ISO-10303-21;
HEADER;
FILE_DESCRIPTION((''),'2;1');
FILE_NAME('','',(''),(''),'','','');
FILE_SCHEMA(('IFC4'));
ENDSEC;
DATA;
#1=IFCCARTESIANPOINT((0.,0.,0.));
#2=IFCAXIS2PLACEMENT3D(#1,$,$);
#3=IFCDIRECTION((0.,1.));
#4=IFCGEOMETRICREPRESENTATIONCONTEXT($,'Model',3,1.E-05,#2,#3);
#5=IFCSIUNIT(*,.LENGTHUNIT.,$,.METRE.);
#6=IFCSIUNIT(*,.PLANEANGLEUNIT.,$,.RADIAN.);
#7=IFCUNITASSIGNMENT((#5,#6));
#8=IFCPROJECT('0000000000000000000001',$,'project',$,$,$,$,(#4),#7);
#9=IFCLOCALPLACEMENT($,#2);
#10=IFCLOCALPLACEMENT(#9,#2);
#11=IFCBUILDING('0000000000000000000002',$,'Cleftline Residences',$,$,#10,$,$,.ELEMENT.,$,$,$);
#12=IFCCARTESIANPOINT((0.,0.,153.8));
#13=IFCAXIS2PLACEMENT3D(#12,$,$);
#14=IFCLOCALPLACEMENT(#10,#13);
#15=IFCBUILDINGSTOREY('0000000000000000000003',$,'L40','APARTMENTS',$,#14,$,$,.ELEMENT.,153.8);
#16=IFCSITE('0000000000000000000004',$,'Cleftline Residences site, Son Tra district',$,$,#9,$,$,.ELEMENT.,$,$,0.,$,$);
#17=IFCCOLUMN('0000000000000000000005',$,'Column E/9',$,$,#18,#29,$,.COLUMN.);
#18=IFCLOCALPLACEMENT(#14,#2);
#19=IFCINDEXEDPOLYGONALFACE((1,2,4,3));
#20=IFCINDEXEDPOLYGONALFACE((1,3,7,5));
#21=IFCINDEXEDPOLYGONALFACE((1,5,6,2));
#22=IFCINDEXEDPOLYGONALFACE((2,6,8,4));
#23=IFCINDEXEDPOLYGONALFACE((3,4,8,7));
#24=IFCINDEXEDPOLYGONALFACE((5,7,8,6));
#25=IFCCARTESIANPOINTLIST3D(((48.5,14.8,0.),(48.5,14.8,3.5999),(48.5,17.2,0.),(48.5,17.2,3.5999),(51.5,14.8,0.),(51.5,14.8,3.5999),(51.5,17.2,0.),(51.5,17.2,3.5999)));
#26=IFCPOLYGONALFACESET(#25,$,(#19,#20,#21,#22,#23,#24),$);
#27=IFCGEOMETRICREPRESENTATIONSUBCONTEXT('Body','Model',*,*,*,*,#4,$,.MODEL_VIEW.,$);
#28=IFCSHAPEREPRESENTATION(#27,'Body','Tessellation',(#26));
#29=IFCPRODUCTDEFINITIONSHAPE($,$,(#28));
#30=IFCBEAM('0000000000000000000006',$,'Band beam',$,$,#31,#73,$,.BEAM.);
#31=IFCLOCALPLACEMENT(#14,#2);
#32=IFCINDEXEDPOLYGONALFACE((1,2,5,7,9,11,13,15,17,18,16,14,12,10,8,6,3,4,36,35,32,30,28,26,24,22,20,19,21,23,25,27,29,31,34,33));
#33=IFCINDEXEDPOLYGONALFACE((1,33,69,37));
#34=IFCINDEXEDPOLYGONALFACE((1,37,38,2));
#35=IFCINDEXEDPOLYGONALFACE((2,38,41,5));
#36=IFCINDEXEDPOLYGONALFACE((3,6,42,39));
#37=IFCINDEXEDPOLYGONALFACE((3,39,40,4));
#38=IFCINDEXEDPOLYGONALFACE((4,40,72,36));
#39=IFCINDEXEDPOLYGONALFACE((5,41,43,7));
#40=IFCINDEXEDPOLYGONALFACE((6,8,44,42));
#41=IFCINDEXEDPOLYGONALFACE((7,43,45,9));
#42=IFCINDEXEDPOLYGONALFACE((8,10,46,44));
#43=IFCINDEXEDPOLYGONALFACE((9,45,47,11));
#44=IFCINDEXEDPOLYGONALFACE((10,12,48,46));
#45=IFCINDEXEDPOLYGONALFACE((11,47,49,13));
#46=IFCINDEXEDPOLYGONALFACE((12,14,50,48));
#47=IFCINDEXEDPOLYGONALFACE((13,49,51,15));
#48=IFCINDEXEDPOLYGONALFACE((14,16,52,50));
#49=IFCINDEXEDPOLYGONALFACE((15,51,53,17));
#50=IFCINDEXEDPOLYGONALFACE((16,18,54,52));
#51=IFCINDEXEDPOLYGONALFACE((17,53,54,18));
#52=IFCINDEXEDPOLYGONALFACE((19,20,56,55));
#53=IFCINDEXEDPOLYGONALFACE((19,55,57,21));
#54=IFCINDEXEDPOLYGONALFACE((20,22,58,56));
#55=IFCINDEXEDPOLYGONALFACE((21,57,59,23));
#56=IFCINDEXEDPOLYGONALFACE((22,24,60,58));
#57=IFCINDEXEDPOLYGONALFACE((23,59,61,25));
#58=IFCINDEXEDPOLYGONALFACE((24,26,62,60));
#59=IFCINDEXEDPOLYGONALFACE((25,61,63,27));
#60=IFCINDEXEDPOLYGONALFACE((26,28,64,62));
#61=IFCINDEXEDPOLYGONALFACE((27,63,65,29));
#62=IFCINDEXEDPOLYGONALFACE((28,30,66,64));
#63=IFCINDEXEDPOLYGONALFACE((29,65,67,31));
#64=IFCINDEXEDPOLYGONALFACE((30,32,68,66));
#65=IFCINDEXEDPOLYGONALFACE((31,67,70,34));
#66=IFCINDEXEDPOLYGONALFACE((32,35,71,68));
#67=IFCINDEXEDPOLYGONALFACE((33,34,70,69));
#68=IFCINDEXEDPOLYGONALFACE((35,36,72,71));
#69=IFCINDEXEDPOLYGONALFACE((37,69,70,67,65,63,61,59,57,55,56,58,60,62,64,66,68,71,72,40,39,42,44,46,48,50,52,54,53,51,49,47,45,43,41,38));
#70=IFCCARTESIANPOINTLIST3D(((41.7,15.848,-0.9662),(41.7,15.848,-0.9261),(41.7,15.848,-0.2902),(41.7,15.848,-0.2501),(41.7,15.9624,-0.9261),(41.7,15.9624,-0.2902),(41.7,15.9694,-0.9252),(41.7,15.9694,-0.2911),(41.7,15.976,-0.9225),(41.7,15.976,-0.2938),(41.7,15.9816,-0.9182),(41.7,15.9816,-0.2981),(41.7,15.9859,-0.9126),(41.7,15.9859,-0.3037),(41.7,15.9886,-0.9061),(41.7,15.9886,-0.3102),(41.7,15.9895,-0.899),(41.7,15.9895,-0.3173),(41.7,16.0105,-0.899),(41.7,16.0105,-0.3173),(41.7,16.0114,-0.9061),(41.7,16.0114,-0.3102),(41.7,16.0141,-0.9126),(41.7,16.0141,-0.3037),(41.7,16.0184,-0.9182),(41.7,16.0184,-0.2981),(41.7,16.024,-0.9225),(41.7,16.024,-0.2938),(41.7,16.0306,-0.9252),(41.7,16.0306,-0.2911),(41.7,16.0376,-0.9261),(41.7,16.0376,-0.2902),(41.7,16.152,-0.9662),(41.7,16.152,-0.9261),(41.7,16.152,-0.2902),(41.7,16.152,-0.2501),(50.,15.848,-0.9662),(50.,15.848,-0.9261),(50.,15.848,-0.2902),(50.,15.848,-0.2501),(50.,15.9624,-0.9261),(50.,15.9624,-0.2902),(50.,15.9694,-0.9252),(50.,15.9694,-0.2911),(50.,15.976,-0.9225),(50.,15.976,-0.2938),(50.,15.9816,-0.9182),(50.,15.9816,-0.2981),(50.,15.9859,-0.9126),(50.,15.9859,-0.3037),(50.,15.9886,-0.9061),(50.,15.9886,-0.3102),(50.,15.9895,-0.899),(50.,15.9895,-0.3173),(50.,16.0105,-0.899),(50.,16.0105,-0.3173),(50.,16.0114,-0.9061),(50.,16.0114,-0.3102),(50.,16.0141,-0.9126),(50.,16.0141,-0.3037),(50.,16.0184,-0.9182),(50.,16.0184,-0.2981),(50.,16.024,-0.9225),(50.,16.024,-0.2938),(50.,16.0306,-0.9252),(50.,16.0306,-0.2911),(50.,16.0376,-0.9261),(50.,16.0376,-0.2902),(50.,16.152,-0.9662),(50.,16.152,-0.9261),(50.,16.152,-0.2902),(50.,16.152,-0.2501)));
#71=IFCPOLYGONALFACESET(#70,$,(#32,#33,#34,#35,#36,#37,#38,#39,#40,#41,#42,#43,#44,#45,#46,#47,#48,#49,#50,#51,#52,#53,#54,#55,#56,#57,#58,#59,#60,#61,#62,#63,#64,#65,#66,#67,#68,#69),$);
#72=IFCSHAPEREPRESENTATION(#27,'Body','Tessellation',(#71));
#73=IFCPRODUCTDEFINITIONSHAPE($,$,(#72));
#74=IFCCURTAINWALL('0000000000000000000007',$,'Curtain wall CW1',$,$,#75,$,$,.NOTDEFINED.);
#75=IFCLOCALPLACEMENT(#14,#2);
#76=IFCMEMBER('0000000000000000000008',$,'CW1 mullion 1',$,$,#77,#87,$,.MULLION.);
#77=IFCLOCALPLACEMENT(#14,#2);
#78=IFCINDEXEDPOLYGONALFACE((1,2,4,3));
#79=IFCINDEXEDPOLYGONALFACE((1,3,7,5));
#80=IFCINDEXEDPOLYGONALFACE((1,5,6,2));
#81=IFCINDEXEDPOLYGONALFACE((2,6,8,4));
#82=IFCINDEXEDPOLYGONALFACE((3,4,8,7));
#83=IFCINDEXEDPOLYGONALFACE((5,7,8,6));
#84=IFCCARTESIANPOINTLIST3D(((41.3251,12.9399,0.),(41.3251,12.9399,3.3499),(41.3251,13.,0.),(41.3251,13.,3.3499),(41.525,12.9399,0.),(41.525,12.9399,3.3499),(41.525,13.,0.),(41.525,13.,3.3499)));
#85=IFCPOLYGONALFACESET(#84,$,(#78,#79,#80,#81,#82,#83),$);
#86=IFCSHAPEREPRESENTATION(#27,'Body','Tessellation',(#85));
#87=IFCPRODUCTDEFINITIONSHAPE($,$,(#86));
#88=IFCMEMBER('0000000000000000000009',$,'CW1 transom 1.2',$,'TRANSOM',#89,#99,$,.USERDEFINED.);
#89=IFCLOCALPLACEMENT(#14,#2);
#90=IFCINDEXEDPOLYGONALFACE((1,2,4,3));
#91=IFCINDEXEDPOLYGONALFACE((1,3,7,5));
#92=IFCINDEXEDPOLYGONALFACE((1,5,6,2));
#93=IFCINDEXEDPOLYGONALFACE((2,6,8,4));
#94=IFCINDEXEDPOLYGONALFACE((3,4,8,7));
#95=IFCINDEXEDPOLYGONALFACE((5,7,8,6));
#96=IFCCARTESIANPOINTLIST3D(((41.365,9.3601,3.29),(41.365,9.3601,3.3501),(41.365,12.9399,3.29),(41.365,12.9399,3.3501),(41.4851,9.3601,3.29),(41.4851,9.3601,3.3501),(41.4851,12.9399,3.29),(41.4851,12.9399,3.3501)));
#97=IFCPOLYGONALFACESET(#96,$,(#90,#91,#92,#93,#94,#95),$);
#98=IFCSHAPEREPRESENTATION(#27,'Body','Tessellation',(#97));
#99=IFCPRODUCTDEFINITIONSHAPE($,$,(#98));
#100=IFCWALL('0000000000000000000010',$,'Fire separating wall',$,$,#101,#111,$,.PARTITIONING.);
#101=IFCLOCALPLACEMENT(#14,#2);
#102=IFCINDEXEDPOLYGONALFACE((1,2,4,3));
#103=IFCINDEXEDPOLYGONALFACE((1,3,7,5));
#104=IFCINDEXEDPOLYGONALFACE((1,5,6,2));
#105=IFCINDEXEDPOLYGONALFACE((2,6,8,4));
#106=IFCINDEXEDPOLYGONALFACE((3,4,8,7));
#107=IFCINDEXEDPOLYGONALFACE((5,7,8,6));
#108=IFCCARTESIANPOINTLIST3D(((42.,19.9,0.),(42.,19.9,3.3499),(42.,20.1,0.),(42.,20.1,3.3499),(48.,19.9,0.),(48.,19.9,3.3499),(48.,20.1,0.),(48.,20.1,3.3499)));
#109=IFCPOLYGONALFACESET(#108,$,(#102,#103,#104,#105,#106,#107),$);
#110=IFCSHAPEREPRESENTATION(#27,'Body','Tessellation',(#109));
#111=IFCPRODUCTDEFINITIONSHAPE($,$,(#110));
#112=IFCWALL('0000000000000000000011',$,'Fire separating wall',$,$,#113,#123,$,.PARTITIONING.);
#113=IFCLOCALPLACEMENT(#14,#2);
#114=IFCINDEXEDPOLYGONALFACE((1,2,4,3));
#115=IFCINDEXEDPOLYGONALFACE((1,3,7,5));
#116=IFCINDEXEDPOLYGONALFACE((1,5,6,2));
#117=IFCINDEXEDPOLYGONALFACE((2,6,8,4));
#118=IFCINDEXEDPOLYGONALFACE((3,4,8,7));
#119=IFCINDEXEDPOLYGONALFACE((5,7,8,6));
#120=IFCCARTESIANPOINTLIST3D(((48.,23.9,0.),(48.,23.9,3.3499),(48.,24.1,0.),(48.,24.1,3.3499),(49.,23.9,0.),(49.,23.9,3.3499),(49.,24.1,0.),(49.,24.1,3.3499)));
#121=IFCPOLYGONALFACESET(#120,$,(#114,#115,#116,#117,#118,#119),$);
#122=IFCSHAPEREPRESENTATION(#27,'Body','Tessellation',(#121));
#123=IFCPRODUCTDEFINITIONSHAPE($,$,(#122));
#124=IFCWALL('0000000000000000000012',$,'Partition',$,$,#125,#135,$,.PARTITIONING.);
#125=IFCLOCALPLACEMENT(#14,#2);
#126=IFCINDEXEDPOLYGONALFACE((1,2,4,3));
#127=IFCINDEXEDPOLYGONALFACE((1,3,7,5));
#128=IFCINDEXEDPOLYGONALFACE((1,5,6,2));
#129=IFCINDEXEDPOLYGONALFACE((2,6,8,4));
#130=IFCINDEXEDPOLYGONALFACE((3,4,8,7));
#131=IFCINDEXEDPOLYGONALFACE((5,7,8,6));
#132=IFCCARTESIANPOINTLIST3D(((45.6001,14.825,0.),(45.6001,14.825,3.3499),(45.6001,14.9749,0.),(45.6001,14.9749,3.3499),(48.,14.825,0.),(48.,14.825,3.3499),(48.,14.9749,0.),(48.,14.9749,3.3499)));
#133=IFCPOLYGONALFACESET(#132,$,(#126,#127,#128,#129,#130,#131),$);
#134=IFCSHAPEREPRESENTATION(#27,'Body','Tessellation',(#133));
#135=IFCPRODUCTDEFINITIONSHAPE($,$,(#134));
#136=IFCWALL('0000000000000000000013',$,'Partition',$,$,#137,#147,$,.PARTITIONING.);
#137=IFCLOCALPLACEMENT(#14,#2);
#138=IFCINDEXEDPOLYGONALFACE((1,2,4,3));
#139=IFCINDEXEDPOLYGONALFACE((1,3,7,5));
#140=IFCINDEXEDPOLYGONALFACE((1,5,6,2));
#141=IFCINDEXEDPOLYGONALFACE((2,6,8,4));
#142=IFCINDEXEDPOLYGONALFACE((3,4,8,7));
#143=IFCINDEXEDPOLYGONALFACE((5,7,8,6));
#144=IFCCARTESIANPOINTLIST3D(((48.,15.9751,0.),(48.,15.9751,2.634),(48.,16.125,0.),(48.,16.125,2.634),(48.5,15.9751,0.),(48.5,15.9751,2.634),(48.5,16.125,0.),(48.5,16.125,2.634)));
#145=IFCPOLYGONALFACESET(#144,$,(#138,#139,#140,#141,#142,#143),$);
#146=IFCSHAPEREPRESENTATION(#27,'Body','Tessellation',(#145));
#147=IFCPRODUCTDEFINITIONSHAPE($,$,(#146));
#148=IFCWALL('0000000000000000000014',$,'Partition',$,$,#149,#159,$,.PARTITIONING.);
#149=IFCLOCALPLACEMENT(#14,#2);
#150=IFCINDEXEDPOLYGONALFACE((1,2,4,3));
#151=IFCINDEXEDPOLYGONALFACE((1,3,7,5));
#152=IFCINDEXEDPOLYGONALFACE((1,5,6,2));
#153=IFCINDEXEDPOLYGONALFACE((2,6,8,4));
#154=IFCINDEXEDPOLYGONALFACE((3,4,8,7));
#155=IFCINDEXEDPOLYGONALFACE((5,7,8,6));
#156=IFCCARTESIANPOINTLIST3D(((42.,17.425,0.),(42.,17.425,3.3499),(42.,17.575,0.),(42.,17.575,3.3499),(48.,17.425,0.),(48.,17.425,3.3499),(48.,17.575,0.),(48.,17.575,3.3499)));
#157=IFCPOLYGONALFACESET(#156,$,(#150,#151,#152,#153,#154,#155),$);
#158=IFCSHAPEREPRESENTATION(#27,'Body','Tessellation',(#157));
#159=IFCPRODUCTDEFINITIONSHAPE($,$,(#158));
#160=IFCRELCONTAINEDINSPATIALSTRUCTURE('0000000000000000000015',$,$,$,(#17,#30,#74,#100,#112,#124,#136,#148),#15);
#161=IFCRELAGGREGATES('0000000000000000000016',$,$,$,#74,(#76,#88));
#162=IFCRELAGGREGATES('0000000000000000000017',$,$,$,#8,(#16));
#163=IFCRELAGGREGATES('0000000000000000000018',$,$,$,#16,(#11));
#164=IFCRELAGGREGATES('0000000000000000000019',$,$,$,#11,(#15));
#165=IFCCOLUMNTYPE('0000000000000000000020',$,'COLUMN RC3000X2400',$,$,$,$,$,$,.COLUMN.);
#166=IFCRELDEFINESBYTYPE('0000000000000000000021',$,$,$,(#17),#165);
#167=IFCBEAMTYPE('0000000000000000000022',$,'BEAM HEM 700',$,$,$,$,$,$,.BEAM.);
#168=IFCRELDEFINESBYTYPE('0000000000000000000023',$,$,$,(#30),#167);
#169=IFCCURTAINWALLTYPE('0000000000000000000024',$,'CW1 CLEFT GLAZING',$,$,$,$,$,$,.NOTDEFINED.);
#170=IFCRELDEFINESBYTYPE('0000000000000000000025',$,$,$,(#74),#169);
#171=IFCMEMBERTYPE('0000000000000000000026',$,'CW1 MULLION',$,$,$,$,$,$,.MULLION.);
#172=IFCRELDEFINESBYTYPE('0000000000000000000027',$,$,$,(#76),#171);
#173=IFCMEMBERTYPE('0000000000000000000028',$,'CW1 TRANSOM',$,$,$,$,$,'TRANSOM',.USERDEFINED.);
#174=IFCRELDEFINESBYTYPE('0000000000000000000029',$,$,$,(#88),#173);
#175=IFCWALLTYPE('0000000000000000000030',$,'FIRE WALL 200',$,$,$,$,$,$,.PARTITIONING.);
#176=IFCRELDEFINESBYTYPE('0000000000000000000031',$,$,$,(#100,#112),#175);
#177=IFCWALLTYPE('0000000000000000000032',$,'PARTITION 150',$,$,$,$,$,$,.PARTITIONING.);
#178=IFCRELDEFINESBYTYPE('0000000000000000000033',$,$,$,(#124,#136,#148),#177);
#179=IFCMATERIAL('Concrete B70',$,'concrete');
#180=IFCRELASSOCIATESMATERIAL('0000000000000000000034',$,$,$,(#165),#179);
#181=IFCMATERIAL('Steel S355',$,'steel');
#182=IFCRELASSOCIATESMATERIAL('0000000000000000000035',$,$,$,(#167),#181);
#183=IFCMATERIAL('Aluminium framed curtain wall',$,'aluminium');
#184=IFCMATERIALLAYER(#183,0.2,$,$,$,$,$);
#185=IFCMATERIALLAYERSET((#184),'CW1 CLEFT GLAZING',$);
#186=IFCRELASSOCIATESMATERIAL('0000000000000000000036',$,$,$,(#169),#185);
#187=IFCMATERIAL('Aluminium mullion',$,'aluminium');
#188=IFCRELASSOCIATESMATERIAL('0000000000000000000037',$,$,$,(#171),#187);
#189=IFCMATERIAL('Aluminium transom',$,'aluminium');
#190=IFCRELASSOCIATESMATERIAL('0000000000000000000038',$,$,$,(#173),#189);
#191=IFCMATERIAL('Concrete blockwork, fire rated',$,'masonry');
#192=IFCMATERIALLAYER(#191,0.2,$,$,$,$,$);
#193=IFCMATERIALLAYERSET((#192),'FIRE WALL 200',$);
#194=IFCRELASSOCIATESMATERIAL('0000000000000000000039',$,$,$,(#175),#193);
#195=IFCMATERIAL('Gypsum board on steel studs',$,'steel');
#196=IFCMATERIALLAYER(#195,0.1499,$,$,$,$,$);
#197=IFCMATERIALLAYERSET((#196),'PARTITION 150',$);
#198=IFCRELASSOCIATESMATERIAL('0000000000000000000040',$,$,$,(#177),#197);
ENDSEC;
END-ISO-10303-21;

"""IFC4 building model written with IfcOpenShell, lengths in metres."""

from ifc_helpers import new_model, si_unit, direction, frame, frame_2d, origin, origin_2d, place, context, subcontext, project, spatial, rectangle, i_section, extrude, material, layer, layer_set, material_profile, profile_set, type_object, element, aggregate, save


model = new_model("IFC4")

# Units and contexts
model_context = context("Model", 3, precision=1e-05, world=origin(), true_north=direction((0.0, 1.0)))
body_context = subcontext(model_context, "Body", "Model", "MODEL_VIEW")
ifc_project = project(units=[si_unit("LENGTHUNIT", "METRE"), si_unit("PLANEANGLEUNIT", "RADIAN")], contexts=[model_context])

# Site, building, storey
site_placement = place(None, origin())
site = spatial("IfcSite", under=ifc_project, at=site_placement, Name="Cleftline Residences site, Son Tra district", CompositionType="ELEMENT", RefElevation=0.0)
building_placement = place(site_placement, origin())
building = spatial("IfcBuilding", under=site, at=building_placement, Name="Cleftline Residences", CompositionType="ELEMENT")
storey_placement = place(building_placement, frame((0.0, 0.0, 153.8)))
storey = spatial("IfcBuildingStorey", under=building, at=storey_placement, Name="L40", Description="APARTMENTS", CompositionType="ELEMENT", Elevation=153.8)

# Column
ifc_material_1 = material(Name="Concrete B70", Category="concrete")
ifc_material_profile_1 = material_profile(ifc_material_1, rectangle(XDim=3.0, YDim=2.3999, at=origin_2d()))
ifc_profile_set_1 = profile_set([ifc_material_profile_1], Name="Concrete B70")
column_type = type_object("IfcColumnType", Name="COLUMN RC3000X2400", PredefinedType="COLUMN", material=ifc_profile_set_1)
column_placement = place(storey_placement, frame((50.0, 16.0, 0.0), z_axis=(0.0, 0.0, 1.0), x_axis=(1.0, 0.0, 0.0)))
element("IfcColumn", 1, at=column_placement, inside=storey, type_object=column_type, Name="Column E/9", PredefinedType="COLUMN", context=body_context, shape_type="SweptSolid", body=[
    extrude(rectangle(XDim=3.0, YDim=2.3999, at=origin_2d()), origin(), (0.0, 0.0, 1.0), 3.5999),
])

# Beam
ifc_material_2 = material(Name="Steel S355", Category="steel")
ifc_material_profile_2 = material_profile(ifc_material_2, i_section(OverallWidth=0.304, OverallDepth=0.7161, WebThickness=0.021, FlangeThickness=0.04, FilletRadius=0.0271, at=origin_2d()))
ifc_profile_set_2 = profile_set([ifc_material_profile_2], Name="Steel S355")
beam_type = type_object("IfcBeamType", Name="BEAM HEM 700", PredefinedType="BEAM", material=ifc_profile_set_2)
beam_placement = place(storey_placement, frame((50.0, 16.0, -0.6082), z_axis=(-1.0, 0.0, 0.0), x_axis=(0.0, -1.0, 0.0)))
element("IfcBeam", 2, at=beam_placement, inside=storey, type_object=beam_type, Name="Band beam", PredefinedType="BEAM", context=body_context, shape_type="SweptSolid", body=[
    extrude(i_section(OverallWidth=0.304, OverallDepth=0.7161, WebThickness=0.021, FlangeThickness=0.04, FilletRadius=0.0271, at=origin_2d()), origin(), (0.0, 0.0, 1.0), 8.3),
])

# Curtain wall, members
ifc_material_3 = material(Name="Aluminium framed curtain wall", Category="aluminium")
ifc_layer_1 = layer(ifc_material_3, 0.2)
ifc_layer_set_1 = layer_set([ifc_layer_1], Name="CW1 CLEFT GLAZING")
curtain_wall_type = type_object("IfcCurtainWallType", Name="CW1 CLEFT GLAZING", PredefinedType="NOTDEFINED", material=ifc_layer_set_1)
curtain_wall_placement = place(storey_placement, origin())
curtain_wall = element("IfcCurtainWall", 3, at=curtain_wall_placement, inside=storey, type_object=curtain_wall_type, Name="Curtain wall CW1", PredefinedType="NOTDEFINED")
ifc_material_4 = material(Name="Aluminium mullion", Category="aluminium")
ifc_material_profile_3 = material_profile(ifc_material_4, rectangle(XDim=0.2, YDim=0.0601, at=origin_2d()))
ifc_profile_set_3 = profile_set([ifc_material_profile_3], Name="Aluminium mullion")
member_type_1 = type_object("IfcMemberType", Name="CW1 MULLION", PredefinedType="MULLION", material=ifc_profile_set_3)
member_1_placement = place(storey_placement, frame((41.425, 12.97, 0.0), z_axis=(0.0, 0.0, 1.0), x_axis=(1.0, 0.0, 0.0)))
member_1 = element("IfcMember", 4, at=member_1_placement, type_object=member_type_1, Name="CW1 mullion 1", PredefinedType="MULLION", context=body_context, shape_type="SweptSolid", body=[
    extrude(rectangle(XDim=0.2, YDim=0.0601, at=origin_2d()), origin(), (0.0, 0.0, 1.0), 3.3499),
])
ifc_material_5 = material(Name="Aluminium transom", Category="aluminium")
ifc_material_profile_4 = material_profile(ifc_material_5, rectangle(XDim=0.1201, YDim=0.0601, at=origin_2d()))
ifc_profile_set_4 = profile_set([ifc_material_profile_4], Name="Aluminium transom")
member_type_2 = type_object("IfcMemberType", Name="CW1 TRANSOM", ElementType="TRANSOM", PredefinedType="USERDEFINED", material=ifc_profile_set_4)
member_2_placement = place(storey_placement, frame((41.425, 12.9399, 3.3201), z_axis=(0.0, -1.0, 0.0), x_axis=(1.0, 0.0, 0.0)))
member_2 = element("IfcMember", 5, at=member_2_placement, type_object=member_type_2, Name="CW1 transom 1.2", ObjectType="TRANSOM", PredefinedType="USERDEFINED", context=body_context, shape_type="SweptSolid", body=[
    extrude(rectangle(XDim=0.1201, YDim=0.0601, at=origin_2d()), origin(), (0.0, 0.0, 1.0), 3.5798),
])
aggregate(curtain_wall, [member_1, member_2])

# Walls
ifc_material_6 = material(Name="Concrete blockwork, fire rated", Category="masonry")
ifc_layer_2 = layer(ifc_material_6, 0.2)
ifc_layer_set_2 = layer_set([ifc_layer_2], Name="FIRE WALL 200")
wall_type_1 = type_object("IfcWallType", Name="FIRE WALL 200", PredefinedType="PARTITIONING", material=ifc_layer_set_2)
wall_1_placement = place(storey_placement, frame((42.0, 20.0, 0.0), z_axis=(0.0, 0.0, 1.0), x_axis=(1.0, 0.0, 0.0)))
element("IfcWall", 6, at=wall_1_placement, inside=storey, type_object=wall_type_1, Name="Fire separating wall", PredefinedType="PARTITIONING", context=body_context, shape_type="SweptSolid", body=[
    extrude(rectangle(XDim=6.0, YDim=0.2, at=frame_2d((3.0, 0.0))), origin(), (0.0, 0.0, 1.0), 3.3499),
])
wall_2_placement = place(storey_placement, frame((48.0, 24.0, 0.0), z_axis=(0.0, 0.0, 1.0), x_axis=(1.0, 0.0, 0.0)))
element("IfcWall", 7, at=wall_2_placement, inside=storey, type_object=wall_type_1, Name="Fire separating wall", PredefinedType="PARTITIONING", context=body_context, shape_type="SweptSolid", body=[
    extrude(rectangle(XDim=1.0, YDim=0.2, at=frame_2d((0.5, 0.0))), origin(), (0.0, 0.0, 1.0), 3.3499),
])

# Walls
ifc_material_7 = material(Name="Gypsum board on steel studs", Category="steel")
ifc_layer_3 = layer(ifc_material_7, 0.1499)
ifc_layer_set_3 = layer_set([ifc_layer_3], Name="PARTITION 150")
wall_type_2 = type_object("IfcWallType", Name="PARTITION 150", PredefinedType="PARTITIONING", material=ifc_layer_set_3)
wall_3_placement = place(storey_placement, frame((45.6001, 14.8999, 0.0), z_axis=(0.0, 0.0, 1.0), x_axis=(1.0, 0.0, 0.0)))
element("IfcWall", 8, at=wall_3_placement, inside=storey, type_object=wall_type_2, Name="Partition", PredefinedType="PARTITIONING", context=body_context, shape_type="SweptSolid", body=[
    extrude(rectangle(XDim=2.3999, YDim=0.1499, at=frame_2d((1.2, 0.0))), origin(), (0.0, 0.0, 1.0), 3.3499),
])
wall_4_placement = place(storey_placement, frame((48.0, 16.05, 0.0), z_axis=(0.0, 0.0, 1.0), x_axis=(1.0, 0.0, 0.0)))
element("IfcWall", 9, at=wall_4_placement, inside=storey, type_object=wall_type_2, Name="Partition", PredefinedType="PARTITIONING", context=body_context, shape_type="SweptSolid", body=[
    extrude(rectangle(XDim=0.5, YDim=0.1499, at=frame_2d((0.25, 0.0))), origin(), (0.0, 0.0, 1.0), 2.634),
])
wall_5_placement = place(storey_placement, frame((42.0, 17.5, 0.0), z_axis=(0.0, 0.0, 1.0), x_axis=(1.0, 0.0, 0.0)))
element("IfcWall", 10, at=wall_5_placement, inside=storey, type_object=wall_type_2, Name="Partition", PredefinedType="PARTITIONING", context=body_context, shape_type="SweptSolid", body=[
    extrude(rectangle(XDim=6.0, YDim=0.1499, at=frame_2d((3.0, 0.0))), origin(), (0.0, 0.0, 1.0), 3.3499),
])

save(model, "model.ifc")
